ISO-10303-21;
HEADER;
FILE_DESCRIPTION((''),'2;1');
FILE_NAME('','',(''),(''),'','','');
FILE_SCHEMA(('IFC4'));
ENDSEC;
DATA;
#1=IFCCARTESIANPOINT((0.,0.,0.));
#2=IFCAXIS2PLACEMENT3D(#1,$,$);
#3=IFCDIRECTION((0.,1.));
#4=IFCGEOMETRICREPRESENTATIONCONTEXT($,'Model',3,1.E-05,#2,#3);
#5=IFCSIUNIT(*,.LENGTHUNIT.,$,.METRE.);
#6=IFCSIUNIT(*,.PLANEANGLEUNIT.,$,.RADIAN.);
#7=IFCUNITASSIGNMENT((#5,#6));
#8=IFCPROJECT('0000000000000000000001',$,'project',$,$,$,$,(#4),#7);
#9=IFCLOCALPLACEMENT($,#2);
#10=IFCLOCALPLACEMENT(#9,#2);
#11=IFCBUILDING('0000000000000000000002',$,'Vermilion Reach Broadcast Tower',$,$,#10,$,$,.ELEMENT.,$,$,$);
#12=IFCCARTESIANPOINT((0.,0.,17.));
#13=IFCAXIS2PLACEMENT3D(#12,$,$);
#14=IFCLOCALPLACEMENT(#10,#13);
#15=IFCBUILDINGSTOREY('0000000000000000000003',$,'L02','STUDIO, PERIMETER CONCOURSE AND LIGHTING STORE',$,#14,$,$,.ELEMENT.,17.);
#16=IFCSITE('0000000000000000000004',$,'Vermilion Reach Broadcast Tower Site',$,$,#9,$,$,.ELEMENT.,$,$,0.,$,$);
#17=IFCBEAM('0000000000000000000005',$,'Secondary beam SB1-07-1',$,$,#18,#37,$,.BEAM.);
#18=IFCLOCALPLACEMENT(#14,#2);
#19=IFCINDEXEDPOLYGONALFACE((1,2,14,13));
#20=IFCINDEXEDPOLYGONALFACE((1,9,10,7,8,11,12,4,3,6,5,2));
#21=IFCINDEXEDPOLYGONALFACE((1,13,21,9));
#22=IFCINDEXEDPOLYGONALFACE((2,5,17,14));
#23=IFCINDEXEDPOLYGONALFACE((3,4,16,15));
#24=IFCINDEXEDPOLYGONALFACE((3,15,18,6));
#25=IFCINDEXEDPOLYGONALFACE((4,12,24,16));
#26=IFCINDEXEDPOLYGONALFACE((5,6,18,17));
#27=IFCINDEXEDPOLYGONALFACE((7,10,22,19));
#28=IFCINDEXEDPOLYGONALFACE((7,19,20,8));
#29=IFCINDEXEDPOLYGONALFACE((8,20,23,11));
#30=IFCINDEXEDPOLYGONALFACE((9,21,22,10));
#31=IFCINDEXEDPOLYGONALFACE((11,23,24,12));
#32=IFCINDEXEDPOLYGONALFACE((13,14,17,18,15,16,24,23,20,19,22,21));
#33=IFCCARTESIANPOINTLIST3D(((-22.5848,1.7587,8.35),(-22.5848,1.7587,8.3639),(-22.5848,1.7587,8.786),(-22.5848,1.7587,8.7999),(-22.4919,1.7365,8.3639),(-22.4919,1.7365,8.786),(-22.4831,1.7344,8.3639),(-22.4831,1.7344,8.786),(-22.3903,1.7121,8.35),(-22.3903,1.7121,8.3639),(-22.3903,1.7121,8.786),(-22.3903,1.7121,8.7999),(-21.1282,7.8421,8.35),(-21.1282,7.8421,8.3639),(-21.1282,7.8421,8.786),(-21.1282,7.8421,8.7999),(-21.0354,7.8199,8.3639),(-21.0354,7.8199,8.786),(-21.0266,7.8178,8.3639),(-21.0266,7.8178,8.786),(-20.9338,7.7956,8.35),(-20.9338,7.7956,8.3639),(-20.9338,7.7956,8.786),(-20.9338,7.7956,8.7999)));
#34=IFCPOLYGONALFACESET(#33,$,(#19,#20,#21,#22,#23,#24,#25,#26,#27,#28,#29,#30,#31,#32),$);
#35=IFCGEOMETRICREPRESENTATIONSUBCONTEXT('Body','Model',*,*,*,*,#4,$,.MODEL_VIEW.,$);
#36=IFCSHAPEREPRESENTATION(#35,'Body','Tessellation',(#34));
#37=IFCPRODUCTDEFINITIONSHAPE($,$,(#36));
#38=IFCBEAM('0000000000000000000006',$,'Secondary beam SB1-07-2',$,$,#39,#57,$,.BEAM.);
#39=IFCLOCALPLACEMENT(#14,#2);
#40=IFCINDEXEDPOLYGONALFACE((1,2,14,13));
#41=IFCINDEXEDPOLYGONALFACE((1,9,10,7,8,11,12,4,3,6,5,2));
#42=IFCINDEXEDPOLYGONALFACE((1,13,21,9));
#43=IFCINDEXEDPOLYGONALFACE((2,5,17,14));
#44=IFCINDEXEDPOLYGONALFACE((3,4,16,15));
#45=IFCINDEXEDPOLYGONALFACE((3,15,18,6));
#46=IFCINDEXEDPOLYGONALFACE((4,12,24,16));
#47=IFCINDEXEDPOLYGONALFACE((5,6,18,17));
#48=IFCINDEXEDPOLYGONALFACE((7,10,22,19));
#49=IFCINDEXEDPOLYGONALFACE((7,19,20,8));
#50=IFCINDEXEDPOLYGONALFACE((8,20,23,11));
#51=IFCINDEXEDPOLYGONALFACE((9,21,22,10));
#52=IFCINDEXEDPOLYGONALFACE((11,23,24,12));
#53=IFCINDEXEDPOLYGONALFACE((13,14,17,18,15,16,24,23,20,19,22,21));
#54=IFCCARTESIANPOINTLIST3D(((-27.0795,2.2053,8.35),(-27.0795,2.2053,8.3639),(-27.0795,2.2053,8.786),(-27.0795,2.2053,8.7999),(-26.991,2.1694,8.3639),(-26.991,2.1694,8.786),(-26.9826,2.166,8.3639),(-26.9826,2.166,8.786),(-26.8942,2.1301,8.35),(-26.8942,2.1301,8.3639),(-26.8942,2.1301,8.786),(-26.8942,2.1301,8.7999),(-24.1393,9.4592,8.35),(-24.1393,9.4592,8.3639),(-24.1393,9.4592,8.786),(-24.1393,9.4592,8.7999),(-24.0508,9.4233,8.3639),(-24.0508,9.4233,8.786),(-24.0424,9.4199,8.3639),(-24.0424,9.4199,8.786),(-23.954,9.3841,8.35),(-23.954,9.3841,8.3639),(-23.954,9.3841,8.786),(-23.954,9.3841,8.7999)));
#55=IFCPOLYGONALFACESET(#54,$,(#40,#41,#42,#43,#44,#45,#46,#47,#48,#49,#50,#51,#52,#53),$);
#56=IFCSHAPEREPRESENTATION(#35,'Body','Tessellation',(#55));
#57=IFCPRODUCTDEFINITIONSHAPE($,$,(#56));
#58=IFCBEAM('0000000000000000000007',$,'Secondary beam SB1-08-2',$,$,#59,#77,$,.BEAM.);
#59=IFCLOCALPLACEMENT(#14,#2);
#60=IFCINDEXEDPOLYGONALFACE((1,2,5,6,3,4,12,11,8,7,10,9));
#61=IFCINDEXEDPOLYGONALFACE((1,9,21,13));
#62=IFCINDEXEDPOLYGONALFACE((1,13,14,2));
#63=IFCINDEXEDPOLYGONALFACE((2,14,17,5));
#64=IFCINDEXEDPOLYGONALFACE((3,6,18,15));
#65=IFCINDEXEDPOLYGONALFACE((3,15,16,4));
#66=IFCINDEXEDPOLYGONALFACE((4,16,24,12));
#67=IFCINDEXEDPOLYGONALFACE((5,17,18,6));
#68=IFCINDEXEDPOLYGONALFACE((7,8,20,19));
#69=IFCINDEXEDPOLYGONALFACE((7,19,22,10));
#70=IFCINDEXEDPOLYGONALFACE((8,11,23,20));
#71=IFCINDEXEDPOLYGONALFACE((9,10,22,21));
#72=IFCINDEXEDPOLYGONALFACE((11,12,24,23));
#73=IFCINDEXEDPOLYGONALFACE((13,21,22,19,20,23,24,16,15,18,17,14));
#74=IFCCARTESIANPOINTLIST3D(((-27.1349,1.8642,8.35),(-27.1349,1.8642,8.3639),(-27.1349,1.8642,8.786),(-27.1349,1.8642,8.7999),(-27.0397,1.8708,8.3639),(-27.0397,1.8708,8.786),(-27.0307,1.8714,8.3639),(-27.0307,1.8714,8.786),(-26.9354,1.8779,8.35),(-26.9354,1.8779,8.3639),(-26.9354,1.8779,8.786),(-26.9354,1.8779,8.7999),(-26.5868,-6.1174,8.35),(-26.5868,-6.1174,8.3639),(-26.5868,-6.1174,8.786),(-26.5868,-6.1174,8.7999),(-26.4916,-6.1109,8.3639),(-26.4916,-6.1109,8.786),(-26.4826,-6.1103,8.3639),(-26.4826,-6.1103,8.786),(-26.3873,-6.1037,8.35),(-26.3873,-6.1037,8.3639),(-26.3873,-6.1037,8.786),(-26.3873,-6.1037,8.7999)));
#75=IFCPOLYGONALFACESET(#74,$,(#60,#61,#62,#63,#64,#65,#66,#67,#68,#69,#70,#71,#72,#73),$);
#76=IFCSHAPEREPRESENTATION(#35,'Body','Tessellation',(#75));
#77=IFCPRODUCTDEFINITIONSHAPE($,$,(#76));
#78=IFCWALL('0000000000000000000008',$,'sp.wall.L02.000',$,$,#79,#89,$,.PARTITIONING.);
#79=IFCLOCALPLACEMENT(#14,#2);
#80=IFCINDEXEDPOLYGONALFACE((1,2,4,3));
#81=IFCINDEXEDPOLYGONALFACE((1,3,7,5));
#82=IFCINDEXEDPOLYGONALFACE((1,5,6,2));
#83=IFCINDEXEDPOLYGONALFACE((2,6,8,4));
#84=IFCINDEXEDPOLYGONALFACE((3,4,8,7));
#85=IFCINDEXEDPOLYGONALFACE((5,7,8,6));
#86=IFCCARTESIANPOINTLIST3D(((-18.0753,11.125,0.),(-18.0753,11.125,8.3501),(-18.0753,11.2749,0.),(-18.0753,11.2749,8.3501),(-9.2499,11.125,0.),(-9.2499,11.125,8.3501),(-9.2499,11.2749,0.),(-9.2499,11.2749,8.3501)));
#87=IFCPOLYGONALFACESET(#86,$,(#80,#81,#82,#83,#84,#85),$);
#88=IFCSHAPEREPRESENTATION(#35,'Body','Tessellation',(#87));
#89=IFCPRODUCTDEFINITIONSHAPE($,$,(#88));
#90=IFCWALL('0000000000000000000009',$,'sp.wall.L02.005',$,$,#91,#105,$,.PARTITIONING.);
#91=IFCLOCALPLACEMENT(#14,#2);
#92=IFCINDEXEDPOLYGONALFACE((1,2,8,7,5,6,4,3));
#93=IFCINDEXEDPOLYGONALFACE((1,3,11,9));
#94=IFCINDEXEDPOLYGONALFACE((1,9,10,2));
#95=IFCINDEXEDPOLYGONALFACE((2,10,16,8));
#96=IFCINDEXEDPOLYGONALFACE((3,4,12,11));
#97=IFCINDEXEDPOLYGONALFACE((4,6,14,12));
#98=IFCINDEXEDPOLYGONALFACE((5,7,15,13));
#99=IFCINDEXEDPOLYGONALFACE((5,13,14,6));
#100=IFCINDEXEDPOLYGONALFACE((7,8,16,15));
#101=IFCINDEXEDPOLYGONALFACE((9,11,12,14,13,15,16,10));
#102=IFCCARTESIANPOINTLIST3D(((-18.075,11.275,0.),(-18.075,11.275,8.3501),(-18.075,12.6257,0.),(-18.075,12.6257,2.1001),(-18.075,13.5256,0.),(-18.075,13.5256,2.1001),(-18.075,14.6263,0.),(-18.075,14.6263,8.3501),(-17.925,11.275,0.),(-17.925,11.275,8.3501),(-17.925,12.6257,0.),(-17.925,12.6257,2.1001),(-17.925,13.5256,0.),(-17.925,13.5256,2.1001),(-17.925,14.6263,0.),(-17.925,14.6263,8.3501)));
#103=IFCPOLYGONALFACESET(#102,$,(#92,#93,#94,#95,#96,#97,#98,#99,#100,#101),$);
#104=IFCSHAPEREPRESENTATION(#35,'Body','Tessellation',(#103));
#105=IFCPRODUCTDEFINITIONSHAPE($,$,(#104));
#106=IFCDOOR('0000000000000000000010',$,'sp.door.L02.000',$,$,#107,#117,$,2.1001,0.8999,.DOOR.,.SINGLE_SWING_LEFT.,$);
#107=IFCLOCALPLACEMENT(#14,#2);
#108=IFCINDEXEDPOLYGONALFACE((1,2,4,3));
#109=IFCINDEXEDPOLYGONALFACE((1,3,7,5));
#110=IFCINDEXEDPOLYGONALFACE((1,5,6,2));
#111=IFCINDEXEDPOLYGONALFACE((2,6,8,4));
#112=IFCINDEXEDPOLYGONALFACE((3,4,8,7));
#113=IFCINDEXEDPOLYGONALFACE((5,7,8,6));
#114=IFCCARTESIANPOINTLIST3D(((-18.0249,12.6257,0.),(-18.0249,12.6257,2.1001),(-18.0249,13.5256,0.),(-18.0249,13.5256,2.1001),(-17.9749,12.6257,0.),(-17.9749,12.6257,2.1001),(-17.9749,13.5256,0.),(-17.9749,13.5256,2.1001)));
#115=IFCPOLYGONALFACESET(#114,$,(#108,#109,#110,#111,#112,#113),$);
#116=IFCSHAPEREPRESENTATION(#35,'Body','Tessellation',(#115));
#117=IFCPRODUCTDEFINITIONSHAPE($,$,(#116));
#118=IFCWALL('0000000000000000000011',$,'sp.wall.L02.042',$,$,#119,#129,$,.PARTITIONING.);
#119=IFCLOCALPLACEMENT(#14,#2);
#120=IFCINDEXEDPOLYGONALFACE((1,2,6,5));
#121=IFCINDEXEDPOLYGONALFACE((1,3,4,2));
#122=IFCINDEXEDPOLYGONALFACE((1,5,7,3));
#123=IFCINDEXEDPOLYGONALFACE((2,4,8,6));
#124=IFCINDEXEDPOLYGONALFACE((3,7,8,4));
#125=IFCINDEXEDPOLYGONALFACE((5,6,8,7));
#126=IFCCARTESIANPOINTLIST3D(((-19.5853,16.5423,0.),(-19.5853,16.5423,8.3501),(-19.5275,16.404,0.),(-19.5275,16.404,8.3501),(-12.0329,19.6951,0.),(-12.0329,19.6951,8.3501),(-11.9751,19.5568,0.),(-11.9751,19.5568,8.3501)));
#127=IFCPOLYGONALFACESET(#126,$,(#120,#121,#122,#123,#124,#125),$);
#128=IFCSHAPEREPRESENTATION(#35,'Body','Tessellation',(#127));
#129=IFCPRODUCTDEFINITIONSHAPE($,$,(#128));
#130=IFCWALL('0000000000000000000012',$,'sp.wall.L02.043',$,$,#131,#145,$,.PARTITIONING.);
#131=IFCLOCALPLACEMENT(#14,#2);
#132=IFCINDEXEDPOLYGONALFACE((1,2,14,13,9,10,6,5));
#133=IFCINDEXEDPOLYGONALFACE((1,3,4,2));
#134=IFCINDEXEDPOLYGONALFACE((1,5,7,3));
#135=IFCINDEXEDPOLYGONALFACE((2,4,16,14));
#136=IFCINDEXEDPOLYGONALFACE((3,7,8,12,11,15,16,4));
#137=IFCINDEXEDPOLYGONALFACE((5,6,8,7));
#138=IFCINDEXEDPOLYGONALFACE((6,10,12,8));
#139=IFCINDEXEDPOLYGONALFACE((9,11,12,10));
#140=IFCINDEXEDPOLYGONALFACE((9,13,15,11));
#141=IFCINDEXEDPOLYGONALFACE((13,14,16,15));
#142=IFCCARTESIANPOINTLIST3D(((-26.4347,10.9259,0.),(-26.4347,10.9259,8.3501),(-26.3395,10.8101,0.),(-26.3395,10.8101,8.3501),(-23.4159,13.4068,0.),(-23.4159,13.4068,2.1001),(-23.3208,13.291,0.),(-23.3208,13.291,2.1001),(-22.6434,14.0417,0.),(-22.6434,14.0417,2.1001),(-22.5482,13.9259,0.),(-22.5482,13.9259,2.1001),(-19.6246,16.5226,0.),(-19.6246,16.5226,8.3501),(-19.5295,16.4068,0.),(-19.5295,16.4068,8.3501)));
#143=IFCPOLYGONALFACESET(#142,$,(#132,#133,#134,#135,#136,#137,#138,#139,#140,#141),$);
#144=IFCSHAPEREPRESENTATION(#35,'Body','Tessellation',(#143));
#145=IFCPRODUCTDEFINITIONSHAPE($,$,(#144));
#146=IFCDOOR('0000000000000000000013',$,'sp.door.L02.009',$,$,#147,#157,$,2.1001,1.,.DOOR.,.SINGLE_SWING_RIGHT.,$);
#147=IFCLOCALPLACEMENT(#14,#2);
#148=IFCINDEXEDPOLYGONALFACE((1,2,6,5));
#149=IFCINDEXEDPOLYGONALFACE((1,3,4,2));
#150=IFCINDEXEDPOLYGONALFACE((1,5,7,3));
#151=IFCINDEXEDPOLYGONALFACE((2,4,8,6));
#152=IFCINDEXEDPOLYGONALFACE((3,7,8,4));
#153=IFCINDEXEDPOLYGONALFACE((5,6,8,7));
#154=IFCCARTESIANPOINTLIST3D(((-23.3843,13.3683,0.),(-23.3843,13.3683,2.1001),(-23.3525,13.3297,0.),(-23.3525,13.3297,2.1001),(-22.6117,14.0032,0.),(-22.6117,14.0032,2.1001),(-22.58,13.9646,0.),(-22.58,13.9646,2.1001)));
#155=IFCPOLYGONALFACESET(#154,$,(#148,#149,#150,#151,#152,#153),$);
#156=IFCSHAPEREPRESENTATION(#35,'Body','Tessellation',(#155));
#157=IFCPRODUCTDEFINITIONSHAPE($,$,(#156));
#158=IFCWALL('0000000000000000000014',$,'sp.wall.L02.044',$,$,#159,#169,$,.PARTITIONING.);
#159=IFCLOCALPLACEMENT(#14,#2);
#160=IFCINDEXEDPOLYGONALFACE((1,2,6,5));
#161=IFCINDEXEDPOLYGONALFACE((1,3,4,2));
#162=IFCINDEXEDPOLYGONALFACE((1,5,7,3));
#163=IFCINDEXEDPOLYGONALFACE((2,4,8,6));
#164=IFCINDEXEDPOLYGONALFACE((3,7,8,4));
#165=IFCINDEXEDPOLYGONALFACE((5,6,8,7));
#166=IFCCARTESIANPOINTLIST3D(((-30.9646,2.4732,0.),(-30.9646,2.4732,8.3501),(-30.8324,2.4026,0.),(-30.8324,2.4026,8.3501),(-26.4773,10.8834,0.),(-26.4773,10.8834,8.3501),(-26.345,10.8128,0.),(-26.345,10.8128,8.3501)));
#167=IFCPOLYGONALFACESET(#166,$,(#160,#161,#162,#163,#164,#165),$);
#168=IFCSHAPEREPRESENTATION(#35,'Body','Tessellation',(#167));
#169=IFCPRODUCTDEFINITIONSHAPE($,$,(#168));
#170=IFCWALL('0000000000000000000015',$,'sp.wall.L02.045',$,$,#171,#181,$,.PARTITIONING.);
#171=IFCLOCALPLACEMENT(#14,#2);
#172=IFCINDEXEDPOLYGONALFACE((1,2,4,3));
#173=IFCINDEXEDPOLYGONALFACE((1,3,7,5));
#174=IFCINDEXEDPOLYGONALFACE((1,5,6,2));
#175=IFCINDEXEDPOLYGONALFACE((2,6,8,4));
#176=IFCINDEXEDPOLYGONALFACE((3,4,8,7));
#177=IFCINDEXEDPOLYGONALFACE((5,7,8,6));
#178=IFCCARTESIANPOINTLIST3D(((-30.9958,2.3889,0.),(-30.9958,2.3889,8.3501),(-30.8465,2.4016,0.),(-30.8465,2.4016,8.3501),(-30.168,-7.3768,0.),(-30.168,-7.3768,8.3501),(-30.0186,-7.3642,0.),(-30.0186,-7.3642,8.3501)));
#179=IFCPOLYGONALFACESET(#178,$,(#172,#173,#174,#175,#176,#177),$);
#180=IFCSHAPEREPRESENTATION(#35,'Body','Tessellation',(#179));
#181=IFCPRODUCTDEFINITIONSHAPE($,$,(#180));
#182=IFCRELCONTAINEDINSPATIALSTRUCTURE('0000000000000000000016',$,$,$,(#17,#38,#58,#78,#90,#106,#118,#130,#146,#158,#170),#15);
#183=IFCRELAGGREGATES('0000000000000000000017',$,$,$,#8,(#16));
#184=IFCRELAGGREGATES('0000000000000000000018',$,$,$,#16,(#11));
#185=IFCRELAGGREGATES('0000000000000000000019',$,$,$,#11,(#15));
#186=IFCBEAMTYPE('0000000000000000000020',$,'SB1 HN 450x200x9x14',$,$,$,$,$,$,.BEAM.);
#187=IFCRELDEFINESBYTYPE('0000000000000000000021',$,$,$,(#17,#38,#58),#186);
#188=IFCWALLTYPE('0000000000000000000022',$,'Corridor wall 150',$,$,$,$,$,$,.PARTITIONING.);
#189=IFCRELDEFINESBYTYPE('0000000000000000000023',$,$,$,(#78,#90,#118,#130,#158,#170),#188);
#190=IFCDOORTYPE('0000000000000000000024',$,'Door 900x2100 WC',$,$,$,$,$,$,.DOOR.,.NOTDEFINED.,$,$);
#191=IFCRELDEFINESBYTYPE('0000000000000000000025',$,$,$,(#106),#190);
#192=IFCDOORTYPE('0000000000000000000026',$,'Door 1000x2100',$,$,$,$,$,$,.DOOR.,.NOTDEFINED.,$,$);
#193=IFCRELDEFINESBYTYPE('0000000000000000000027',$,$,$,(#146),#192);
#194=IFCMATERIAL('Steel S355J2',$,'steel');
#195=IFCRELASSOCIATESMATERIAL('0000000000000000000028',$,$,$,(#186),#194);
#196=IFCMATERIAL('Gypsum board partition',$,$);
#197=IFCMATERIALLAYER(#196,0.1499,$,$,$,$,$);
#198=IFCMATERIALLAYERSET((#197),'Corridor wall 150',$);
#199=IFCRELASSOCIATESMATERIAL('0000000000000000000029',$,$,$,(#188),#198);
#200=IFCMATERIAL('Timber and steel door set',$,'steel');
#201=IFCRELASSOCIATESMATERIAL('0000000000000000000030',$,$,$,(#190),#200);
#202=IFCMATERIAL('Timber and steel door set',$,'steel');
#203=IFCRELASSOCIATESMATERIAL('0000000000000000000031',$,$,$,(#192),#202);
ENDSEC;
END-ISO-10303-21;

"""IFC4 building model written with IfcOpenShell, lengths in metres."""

from ifc_helpers import new_model, si_unit, direction, frame, frame_2d, origin, origin_2d, place, context, subcontext, project, spatial, rectangle, i_section, extrude, material, layer, layer_set, material_profile, profile_set, type_object, element, fill, save


model = new_model("IFC4")

# Units and contexts
model_context = context("Model", 3, precision=1e-05, world=origin(), true_north=direction((0.0, 1.0)))
body_context = subcontext(model_context, "Body", "Model", "MODEL_VIEW")
ifc_project = project(units=[si_unit("LENGTHUNIT", "METRE"), si_unit("PLANEANGLEUNIT", "RADIAN")], contexts=[model_context])

# Site, building, storey
site_placement = place(None, origin())
site = spatial("IfcSite", under=ifc_project, at=site_placement, Name="Vermilion Reach Broadcast Tower Site", CompositionType="ELEMENT", RefElevation=0.0)
building_placement = place(site_placement, origin())
building = spatial("IfcBuilding", under=site, at=building_placement, Name="Vermilion Reach Broadcast Tower", CompositionType="ELEMENT")
storey_placement = place(building_placement, frame((0.0, 0.0, 17.0)))
storey = spatial("IfcBuildingStorey", under=building, at=storey_placement, Name="L02", Description="STUDIO, PERIMETER CONCOURSE AND LIGHTING STORE", CompositionType="ELEMENT", Elevation=17.0)

# Beams
ifc_material_1 = material(Name="Steel S355J2", Category="steel")
ifc_material_profile_1 = material_profile(ifc_material_1, i_section(OverallWidth=0.2, OverallDepth=0.45, WebThickness=0.009, FlangeThickness=0.0139, at=origin_2d()), Name="S355J2 HN 450x200x9x14")
ifc_profile_set_1 = profile_set([ifc_material_profile_1], Name="Steel S355J2")
beam_type_1 = type_object("IfcBeamType", Name="SB1 HN 450x200x9x14", PredefinedType="BEAM", material=ifc_profile_set_1)
beam_1_placement = place(storey_placement, frame((-21.031, 7.8188, 8.575), z_axis=(-0.232844, -0.972514, 0.0), x_axis=(0.972514, -0.232844, 0.0)))
element("IfcBeam", 1, at=beam_1_placement, inside=storey, type_object=beam_type_1, Name="Secondary beam SB1-07-1", PredefinedType="BEAM", context=body_context, shape_type="SweptSolid", body=[
    extrude(i_section(OverallWidth=0.2, OverallDepth=0.45, WebThickness=0.009, FlangeThickness=0.0139, at=origin_2d()), origin(), (0.0, 0.0, 1.0), 6.2554),
])
beam_2_placement = place(storey_placement, frame((-24.0466, 9.4216, 8.575), z_axis=(-0.375641, -0.926765, 0.0), x_axis=(0.926765, -0.375641, 0.0)))
element("IfcBeam", 2, at=beam_2_placement, inside=storey, type_object=beam_type_1, Name="Secondary beam SB1-07-2", PredefinedType="BEAM", context=body_context, shape_type="SweptSolid", body=[
    extrude(i_section(OverallWidth=0.2, OverallDepth=0.45, WebThickness=0.009, FlangeThickness=0.0139, at=origin_2d()), origin(), (0.0, 0.0, 1.0), 7.8271),
])
beam_3_placement = place(storey_placement, frame((-27.0352, 1.8711, 8.575), z_axis=(0.068508, -0.997651, 0.0), x_axis=(0.997651, 0.068508, 0.0)))
element("IfcBeam", 3, at=beam_3_placement, inside=storey, type_object=beam_type_1, Name="Secondary beam SB1-08-2", PredefinedType="BEAM", context=body_context, shape_type="SweptSolid", body=[
    extrude(i_section(OverallWidth=0.2, OverallDepth=0.45, WebThickness=0.009, FlangeThickness=0.0139, at=origin_2d()), origin(), (0.0, 0.0, 1.0), 8.0005),
])

# Wall
ifc_material_2 = material(Name="Gypsum board partition")
ifc_layer_1 = layer(ifc_material_2, 0.1499)
ifc_layer_set_1 = layer_set([ifc_layer_1], Name="Corridor wall 150")
wall_type_1 = type_object("IfcWallType", Name="Corridor wall 150", PredefinedType="PARTITIONING", material=ifc_layer_set_1)
wall_1_placement = place(storey_placement, frame((-18.0752, 11.2, 0.0), z_axis=(0.0, 0.0, 1.0), x_axis=(1.0, 0.0, 0.0)))
element("IfcWall", 4, at=wall_1_placement, inside=storey, type_object=wall_type_1, Name="sp.wall.L02.000", PredefinedType="PARTITIONING", context=body_context, shape_type="SweptSolid", body=[
    extrude(rectangle(XDim=8.8254, YDim=0.1499, at=frame_2d((4.4126, 0.0))), origin(), (0.0, 0.0, 1.0), 8.3501),
])

# Wall, opening, door
wall_2_placement = place(storey_placement, frame((-18.0, 11.2749, 0.0), z_axis=(0.0, 0.0, 1.0), x_axis=(0.0, 1.0, 0.0)))
wall_2 = element("IfcWall", 5, at=wall_2_placement, inside=storey, type_object=wall_type_1, Name="sp.wall.L02.005", PredefinedType="PARTITIONING", context=body_context, shape_type="SweptSolid", body=[
    extrude(rectangle(XDim=3.3513, YDim=0.1499, at=frame_2d((1.6758, 0.0))), origin(), (0.0, 0.0, 1.0), 8.3501),
])
opening_1_placement = place(wall_2_placement, frame((1.3508, 0.0, 0.0)))
opening_1 = element("IfcOpeningElement", 6, at=opening_1_placement, cuts=wall_2, PredefinedType="OPENING", context=body_context, shape_type="SweptSolid", body=[
    extrude(rectangle(XDim=0.8999, YDim=2.1001, at=frame_2d((0.45, 1.05))), frame((0.0, 0.085, 0.0), z_axis=(0.0, -1.0, 0.0), x_axis=(1.0, 0.0, 0.0)), (0.0, 0.0, 1.0), 0.1699),
])
ifc_material_3 = material(Name="Timber and steel door set", Category="steel")
door_type_1 = type_object("IfcDoorType", Name="Door 900x2100 WC", OperationType="NOTDEFINED", PredefinedType="DOOR", material=ifc_material_3)
door_1_placement = place(opening_1_placement, origin())
door_1 = element("IfcDoor", 7, at=door_1_placement, inside=storey, type_object=door_type_1, Name="sp.door.L02.000", OperationType="SINGLE_SWING_LEFT", OverallHeight=2.1001, OverallWidth=0.8999, PredefinedType="DOOR", context=body_context, shape_type="SweptSolid", body=[
    extrude(rectangle(XDim=0.8999, YDim=2.1001, at=frame_2d((0.45, 1.05))), frame((0.0, 0.0249, 0.0), z_axis=(0.0, -1.0, 0.0), x_axis=(1.0, 0.0, 0.0)), (0.0, 0.0, 1.0), 0.05),
])
fill(opening_1, door_1)

# Wall
wall_3_placement = place(storey_placement, frame((-19.5564, 16.4731, 0.0), z_axis=(0.0, 0.0, 1.0), x_axis=(0.922818, 0.385236, 0.0)))
element("IfcWall", 8, at=wall_3_placement, inside=storey, type_object=wall_type_1, Name="sp.wall.L02.042", PredefinedType="PARTITIONING", context=body_context, shape_type="SweptSolid", body=[
    extrude(rectangle(XDim=8.1841, YDim=0.1499, at=frame_2d((4.092, 0.0))), origin(), (0.0, 0.0, 1.0), 8.3501),
])

# Wall, opening, door
wall_4_placement = place(storey_placement, frame((-19.5771, 16.4646, 0.0), z_axis=(0.0, 0.0, 1.0), x_axis=(-0.772576, -0.634923, 0.0)))
wall_4 = element("IfcWall", 9, at=wall_4_placement, inside=storey, type_object=wall_type_1, Name="sp.wall.L02.043", PredefinedType="PARTITIONING", context=body_context, shape_type="SweptSolid", body=[
    extrude(rectangle(XDim=8.8147, YDim=0.1499, at=frame_2d((4.4072, 0.0))), origin(), (0.0, 0.0, 1.0), 8.3501),
])
opening_2_placement = place(wall_4_placement, frame((3.9072, 0.0, 0.0)))
opening_2 = element("IfcOpeningElement", 10, at=opening_2_placement, cuts=wall_4, PredefinedType="OPENING", context=body_context, shape_type="SweptSolid", body=[
    extrude(rectangle(XDim=1.0, YDim=2.1001, at=frame_2d((0.5, 1.05))), frame((0.0, 0.085, 0.0), z_axis=(0.0, -1.0, 0.0), x_axis=(1.0, 0.0, 0.0)), (0.0, 0.0, 1.0), 0.1699),
])
ifc_material_4 = material(Name="Timber and steel door set", Category="steel")
door_type_2 = type_object("IfcDoorType", Name="Door 1000x2100", OperationType="NOTDEFINED", PredefinedType="DOOR", material=ifc_material_4)
door_2_placement = place(opening_2_placement, origin())
door_2 = element("IfcDoor", 11, at=door_2_placement, inside=storey, type_object=door_type_2, Name="sp.door.L02.009", OperationType="SINGLE_SWING_RIGHT", OverallHeight=2.1001, OverallWidth=1.0, PredefinedType="DOOR", context=body_context, shape_type="SweptSolid", body=[
    extrude(rectangle(XDim=1.0, YDim=2.1001, at=frame_2d((0.5, 1.05))), frame((0.0, 0.0249, 0.0), z_axis=(0.0, -1.0, 0.0), x_axis=(1.0, 0.0, 0.0)), (0.0, 0.0, 1.0), 0.05),
])
fill(opening_2, door_2)

# Walls
wall_5_placement = place(storey_placement, frame((-30.8984, 2.438, 0.0), z_axis=(0.0, 0.0, 1.0), x_axis=(0.470742, 0.882271, 0.0)))
element("IfcWall", 12, at=wall_5_placement, inside=storey, type_object=wall_type_1, Name="sp.wall.L02.044", PredefinedType="PARTITIONING", context=body_context, shape_type="SweptSolid", body=[
    extrude(rectangle(XDim=9.5325, YDim=0.1499, at=frame_2d((4.7661, 0.0))), origin(), (0.0, 0.0, 1.0), 8.3501),
])
wall_6_placement = place(storey_placement, frame((-30.9211, 2.3953, 0.0), z_axis=(0.0, 0.0, 1.0), x_axis=(0.08447, -0.996426, 0.0)))
element("IfcWall", 13, at=wall_6_placement, inside=storey, type_object=wall_type_1, Name="sp.wall.L02.045", PredefinedType="PARTITIONING", context=body_context, shape_type="SweptSolid", body=[
    extrude(rectangle(XDim=9.8008, YDim=0.1499, at=frame_2d((4.9004, 0.0))), origin(), (0.0, 0.0, 1.0), 8.3501),
])

save(model, "model.ifc")
